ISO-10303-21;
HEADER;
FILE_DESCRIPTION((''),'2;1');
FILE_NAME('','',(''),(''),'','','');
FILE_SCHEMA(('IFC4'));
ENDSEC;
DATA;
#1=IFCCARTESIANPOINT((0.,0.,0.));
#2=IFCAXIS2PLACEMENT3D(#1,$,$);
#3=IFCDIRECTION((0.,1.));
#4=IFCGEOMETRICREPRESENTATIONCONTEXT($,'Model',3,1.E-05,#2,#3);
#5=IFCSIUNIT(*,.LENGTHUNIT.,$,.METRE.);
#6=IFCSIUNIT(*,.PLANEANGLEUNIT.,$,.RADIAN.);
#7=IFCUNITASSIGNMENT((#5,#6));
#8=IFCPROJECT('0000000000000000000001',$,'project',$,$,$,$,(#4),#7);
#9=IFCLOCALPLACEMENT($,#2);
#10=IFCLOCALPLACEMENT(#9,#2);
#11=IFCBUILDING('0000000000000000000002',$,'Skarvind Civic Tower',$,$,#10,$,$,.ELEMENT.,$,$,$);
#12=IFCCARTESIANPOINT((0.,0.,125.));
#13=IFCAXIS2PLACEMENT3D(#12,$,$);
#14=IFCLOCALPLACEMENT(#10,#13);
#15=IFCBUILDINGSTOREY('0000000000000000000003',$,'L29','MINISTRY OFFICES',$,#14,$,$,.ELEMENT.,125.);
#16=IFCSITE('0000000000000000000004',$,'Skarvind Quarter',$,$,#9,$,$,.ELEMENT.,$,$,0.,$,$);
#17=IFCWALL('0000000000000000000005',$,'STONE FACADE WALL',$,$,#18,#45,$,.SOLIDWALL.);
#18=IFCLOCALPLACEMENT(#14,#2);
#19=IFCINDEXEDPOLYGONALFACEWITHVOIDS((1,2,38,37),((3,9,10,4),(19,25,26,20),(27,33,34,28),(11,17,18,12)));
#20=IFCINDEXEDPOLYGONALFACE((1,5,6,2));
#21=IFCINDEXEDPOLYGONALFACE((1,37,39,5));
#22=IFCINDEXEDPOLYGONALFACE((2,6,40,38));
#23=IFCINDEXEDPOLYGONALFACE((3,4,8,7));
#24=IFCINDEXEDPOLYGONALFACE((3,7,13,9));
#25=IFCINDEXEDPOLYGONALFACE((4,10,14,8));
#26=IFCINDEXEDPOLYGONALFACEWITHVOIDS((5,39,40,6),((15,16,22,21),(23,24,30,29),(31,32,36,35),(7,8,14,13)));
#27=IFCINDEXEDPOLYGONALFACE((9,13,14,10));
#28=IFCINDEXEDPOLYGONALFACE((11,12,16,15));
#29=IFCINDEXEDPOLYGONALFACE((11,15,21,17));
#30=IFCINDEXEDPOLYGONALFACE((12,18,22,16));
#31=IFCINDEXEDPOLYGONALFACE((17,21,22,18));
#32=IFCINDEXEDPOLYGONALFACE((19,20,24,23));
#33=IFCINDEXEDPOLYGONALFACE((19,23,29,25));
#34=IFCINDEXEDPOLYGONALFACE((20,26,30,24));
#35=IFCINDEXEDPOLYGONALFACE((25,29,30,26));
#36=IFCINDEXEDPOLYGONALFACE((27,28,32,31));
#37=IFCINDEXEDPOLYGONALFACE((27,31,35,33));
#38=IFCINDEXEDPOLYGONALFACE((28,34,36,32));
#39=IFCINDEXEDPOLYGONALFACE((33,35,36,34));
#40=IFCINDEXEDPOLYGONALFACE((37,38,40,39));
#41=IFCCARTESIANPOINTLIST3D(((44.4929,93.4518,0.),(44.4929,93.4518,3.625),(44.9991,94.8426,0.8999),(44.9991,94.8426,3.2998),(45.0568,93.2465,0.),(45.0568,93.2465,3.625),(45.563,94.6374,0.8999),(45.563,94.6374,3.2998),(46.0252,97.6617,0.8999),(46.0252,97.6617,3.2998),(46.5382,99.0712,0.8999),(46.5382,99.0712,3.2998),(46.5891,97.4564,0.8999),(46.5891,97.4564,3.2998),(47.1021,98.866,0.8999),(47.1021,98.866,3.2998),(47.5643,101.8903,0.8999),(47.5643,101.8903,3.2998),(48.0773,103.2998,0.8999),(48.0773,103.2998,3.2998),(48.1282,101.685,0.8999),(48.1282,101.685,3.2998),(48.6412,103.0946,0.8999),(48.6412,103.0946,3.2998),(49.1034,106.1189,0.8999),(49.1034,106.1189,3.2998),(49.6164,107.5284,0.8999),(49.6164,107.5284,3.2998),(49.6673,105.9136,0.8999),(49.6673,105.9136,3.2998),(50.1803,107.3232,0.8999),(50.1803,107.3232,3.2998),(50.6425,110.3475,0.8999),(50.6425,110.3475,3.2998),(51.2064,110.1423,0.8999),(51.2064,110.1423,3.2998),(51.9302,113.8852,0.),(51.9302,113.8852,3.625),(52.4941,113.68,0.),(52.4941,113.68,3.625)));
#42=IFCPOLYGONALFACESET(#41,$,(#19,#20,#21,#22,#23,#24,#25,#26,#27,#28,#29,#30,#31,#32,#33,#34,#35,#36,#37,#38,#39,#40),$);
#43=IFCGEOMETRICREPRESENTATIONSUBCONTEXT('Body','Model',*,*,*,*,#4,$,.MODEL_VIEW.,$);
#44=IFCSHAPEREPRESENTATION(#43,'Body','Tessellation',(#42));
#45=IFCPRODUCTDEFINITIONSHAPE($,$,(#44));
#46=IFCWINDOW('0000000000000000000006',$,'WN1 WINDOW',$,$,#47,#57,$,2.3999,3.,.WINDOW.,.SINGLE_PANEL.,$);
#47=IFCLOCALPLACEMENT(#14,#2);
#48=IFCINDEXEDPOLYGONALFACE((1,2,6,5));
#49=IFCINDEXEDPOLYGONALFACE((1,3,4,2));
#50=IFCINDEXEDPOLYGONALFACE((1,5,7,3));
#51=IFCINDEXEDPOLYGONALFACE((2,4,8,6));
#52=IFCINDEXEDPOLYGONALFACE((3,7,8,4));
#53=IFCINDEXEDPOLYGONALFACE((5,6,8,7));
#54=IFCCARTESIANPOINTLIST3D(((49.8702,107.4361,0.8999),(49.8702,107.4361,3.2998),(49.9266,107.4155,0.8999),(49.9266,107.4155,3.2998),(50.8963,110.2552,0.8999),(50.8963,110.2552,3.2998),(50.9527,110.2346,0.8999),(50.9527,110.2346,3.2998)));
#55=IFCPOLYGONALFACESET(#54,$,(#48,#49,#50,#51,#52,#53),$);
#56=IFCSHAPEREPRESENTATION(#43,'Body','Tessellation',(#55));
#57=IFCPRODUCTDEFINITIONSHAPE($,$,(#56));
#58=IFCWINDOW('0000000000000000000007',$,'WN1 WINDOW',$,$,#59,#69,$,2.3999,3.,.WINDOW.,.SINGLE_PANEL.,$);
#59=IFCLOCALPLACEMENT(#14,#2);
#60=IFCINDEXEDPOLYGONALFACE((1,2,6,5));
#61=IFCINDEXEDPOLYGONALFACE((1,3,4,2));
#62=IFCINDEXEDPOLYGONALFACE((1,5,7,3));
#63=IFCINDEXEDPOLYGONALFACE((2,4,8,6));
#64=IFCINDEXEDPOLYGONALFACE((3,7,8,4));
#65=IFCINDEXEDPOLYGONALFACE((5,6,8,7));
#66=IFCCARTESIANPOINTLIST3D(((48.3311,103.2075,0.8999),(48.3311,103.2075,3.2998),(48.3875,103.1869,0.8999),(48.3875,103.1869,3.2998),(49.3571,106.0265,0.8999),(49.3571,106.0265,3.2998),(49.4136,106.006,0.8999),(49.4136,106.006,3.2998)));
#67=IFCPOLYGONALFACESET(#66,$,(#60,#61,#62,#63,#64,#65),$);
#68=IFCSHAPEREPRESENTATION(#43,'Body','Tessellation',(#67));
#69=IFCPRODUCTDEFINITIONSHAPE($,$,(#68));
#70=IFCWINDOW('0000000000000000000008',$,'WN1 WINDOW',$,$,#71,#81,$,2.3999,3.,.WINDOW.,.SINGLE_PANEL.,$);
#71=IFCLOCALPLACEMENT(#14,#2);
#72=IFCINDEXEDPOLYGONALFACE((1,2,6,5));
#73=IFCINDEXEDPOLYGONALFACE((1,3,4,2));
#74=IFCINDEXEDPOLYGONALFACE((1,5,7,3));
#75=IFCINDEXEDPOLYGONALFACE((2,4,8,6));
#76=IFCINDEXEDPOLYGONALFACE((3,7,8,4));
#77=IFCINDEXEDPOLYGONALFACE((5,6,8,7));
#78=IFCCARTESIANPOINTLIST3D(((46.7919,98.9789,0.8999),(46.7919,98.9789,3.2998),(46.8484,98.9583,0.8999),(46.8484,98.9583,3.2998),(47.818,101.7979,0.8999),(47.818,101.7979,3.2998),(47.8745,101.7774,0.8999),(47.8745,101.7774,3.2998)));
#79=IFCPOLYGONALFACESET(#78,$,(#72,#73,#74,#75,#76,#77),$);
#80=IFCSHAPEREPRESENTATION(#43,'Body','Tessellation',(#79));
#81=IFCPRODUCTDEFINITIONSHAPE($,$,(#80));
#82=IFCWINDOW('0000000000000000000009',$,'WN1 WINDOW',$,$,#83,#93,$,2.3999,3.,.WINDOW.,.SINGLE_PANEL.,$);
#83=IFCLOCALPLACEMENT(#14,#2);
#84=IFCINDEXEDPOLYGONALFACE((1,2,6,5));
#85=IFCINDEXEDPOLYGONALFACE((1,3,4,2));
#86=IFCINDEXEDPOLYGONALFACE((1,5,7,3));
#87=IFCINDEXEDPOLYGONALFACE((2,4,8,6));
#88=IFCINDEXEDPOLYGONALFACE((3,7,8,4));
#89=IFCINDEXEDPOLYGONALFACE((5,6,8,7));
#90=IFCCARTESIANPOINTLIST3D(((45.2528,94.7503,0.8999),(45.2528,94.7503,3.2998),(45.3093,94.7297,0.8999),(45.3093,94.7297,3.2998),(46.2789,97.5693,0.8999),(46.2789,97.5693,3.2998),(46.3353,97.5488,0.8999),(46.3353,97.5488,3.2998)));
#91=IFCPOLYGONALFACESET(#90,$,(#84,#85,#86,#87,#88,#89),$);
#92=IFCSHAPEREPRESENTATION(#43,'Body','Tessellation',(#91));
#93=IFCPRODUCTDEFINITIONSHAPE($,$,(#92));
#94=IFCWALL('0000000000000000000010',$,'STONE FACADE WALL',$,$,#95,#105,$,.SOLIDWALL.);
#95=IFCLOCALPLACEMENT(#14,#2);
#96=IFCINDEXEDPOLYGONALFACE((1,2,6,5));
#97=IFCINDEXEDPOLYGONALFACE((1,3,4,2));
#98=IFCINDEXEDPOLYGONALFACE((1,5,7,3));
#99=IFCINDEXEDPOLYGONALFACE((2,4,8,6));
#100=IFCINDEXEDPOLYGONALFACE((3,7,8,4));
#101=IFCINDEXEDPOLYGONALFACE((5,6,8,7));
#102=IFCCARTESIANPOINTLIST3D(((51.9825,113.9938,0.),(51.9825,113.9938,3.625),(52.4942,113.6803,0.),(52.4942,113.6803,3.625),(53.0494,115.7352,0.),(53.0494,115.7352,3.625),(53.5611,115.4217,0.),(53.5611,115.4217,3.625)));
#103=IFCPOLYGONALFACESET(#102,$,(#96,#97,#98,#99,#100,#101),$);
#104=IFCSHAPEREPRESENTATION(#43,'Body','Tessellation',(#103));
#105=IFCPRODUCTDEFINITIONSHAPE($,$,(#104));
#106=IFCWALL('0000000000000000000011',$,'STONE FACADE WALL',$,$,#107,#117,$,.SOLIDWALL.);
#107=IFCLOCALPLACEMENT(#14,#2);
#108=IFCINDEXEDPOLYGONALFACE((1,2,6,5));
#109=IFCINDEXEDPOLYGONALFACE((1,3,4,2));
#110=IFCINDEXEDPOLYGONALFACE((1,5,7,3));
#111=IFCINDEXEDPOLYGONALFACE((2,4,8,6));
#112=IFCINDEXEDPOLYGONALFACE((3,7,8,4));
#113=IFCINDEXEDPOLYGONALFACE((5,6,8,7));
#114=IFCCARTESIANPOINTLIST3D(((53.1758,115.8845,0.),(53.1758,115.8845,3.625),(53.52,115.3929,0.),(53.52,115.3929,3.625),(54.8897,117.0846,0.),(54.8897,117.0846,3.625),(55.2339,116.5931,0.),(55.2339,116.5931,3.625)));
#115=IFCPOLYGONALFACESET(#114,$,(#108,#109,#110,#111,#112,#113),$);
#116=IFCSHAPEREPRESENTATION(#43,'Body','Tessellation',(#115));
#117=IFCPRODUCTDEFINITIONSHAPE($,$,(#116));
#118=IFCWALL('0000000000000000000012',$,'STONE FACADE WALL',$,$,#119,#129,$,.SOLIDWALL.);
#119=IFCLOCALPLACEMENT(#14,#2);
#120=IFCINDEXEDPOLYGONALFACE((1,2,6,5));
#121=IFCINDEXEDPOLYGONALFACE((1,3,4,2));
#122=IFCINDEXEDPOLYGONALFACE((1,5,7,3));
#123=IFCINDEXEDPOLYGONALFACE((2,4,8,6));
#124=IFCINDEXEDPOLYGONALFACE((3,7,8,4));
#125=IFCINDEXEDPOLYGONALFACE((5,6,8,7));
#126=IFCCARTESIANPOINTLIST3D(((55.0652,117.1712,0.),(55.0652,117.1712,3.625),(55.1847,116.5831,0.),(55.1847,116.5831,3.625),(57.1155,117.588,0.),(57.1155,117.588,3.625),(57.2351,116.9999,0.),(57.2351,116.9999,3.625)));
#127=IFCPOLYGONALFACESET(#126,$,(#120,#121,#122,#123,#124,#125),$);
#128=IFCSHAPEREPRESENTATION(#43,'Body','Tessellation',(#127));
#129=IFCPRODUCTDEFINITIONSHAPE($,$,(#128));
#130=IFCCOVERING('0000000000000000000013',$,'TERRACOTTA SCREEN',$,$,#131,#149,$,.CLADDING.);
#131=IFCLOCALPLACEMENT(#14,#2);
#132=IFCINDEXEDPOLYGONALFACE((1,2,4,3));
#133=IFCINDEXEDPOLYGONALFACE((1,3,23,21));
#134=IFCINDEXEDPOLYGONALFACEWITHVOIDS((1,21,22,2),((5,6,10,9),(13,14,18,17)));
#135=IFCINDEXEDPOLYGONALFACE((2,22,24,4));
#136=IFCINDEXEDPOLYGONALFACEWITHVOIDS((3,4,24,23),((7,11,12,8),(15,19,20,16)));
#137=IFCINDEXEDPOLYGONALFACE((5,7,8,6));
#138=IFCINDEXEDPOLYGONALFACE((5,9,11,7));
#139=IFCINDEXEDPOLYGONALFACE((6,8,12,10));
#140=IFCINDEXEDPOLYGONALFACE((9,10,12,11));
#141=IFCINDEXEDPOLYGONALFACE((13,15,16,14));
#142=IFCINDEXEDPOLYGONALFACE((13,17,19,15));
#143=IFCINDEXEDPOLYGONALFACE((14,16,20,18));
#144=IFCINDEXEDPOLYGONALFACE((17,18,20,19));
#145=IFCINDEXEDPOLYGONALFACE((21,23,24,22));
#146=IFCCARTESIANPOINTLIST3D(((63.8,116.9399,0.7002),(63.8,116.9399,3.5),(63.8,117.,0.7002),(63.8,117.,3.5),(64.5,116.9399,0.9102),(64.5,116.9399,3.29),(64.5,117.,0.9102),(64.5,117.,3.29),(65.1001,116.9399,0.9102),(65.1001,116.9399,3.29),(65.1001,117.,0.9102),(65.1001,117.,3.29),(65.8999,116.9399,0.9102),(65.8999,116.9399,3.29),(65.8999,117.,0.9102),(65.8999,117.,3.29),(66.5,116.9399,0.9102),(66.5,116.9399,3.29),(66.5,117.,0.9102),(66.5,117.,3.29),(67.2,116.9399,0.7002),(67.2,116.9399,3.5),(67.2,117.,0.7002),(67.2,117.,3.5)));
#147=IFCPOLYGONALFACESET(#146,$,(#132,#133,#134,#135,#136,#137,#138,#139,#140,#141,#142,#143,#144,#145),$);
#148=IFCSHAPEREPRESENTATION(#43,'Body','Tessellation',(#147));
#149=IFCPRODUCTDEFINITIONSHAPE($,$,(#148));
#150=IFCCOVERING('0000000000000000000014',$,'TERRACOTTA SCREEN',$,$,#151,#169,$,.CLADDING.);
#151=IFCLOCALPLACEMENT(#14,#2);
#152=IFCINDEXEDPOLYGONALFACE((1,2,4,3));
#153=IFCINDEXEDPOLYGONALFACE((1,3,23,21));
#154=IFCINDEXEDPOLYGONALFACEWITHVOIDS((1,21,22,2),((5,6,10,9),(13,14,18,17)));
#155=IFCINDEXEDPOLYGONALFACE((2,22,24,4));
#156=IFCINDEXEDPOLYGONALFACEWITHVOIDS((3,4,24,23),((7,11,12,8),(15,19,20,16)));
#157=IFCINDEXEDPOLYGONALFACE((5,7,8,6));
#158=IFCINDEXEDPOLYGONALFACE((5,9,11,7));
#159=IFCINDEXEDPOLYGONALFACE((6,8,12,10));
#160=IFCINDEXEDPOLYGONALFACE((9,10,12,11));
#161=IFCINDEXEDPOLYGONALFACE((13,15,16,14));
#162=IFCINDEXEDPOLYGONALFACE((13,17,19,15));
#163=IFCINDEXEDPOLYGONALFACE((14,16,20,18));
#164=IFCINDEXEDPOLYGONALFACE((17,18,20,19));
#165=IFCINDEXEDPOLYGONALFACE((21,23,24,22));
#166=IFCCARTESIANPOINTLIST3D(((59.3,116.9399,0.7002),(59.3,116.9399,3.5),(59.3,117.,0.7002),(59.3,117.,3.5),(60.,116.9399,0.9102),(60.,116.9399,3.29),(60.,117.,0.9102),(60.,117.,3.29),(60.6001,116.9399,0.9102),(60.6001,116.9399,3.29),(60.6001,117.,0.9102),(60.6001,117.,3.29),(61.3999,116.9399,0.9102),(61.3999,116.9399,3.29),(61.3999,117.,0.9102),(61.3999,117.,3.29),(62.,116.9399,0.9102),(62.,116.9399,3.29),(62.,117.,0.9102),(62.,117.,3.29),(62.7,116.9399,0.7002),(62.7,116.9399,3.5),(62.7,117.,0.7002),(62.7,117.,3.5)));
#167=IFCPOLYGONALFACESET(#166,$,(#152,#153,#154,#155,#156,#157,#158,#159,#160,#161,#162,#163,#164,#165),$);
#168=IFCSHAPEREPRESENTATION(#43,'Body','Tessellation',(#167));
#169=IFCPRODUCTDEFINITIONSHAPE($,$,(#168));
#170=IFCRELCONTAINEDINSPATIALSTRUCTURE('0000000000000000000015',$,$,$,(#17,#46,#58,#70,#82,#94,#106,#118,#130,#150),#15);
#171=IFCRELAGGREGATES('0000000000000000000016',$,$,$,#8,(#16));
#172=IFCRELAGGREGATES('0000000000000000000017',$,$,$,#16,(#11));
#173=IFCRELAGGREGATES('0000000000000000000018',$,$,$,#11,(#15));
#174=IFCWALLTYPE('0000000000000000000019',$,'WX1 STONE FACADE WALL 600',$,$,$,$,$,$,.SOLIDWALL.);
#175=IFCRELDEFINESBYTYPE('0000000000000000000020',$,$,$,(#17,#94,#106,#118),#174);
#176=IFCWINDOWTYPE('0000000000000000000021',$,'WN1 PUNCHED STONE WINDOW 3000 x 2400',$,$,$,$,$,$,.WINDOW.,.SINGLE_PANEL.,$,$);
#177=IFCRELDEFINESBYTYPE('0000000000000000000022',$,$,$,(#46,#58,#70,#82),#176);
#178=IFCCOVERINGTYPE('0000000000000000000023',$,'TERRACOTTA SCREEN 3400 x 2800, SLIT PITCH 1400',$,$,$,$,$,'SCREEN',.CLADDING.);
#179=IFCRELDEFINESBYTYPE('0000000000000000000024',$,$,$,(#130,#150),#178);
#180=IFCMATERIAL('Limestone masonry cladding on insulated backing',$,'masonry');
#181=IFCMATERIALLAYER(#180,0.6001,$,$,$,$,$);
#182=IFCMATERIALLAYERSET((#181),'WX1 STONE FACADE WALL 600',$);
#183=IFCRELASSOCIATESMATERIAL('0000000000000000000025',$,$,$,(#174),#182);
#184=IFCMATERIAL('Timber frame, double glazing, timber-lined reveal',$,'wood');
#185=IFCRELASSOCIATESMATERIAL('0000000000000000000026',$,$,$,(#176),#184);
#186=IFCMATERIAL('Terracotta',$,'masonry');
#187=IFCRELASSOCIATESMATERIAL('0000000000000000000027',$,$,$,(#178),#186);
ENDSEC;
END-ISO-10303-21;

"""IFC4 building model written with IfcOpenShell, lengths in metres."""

from ifc_helpers import new_model, si_unit, direction, frame, frame_2d, origin, place, context, subcontext, project, spatial, polyline, rectangle, outline, extrude, material, layer, layer_set, material_profile, profile_set, type_object, element, fill, save


model = new_model("IFC4")

# Units and contexts
model_context = context("Model", 3, precision=1e-05, world=origin(), true_north=direction((0.0, 1.0)))
body_context = subcontext(model_context, "Body", "Model", "MODEL_VIEW")
ifc_project = project(units=[si_unit("LENGTHUNIT", "METRE"), si_unit("PLANEANGLEUNIT", "RADIAN")], contexts=[model_context])

# Site, building, storey
site_placement = place(None, origin())
site = spatial("IfcSite", under=ifc_project, at=site_placement, Name="Skarvind Quarter", CompositionType="ELEMENT", RefElevation=0.0)
building_placement = place(site_placement, origin())
building = spatial("IfcBuilding", under=site, at=building_placement, Name="Skarvind Civic Tower", CompositionType="ELEMENT")
storey_placement = place(building_placement, frame((0.0, 0.0, 125.0)))
storey = spatial("IfcBuildingStorey", under=building, at=storey_placement, Name="L29", Description="MINISTRY OFFICES", CompositionType="ELEMENT", Elevation=125.0)

# Wall, openings, windows
ifc_material_1 = material(Name="Limestone masonry cladding on insulated backing", Category="masonry")
ifc_layer_1 = layer(ifc_material_1, 0.6001)
ifc_layer_set_1 = layer_set([ifc_layer_1], Name="WX1 STONE FACADE WALL 600")
wall_type_1 = type_object("IfcWallType", Name="WX1 STONE FACADE WALL 600", PredefinedType="SOLIDWALL", material=ifc_layer_set_1)
wall_1_placement = place(storey_placement, frame((52.2122, 113.7827, 0.0), z_axis=(0.0, 0.0, 1.0), x_axis=(-0.342025, -0.939691, 0.0)))
wall_1 = element("IfcWall", 1, at=wall_1_placement, inside=storey, type_object=wall_type_1, Name="STONE FACADE WALL", PredefinedType="SOLIDWALL", context=body_context, shape_type="SweptSolid", body=[
    extrude(rectangle(XDim=21.7449, YDim=0.6001, at=frame_2d((10.8726, 0.0))), origin(), (0.0, 0.0, 1.0), 3.625),
])
opening_1_placement = place(wall_1_placement, frame((3.7649, 0.0, 0.8999)))
opening_1 = element("IfcOpeningElement", 2, at=opening_1_placement, cuts=wall_1, PredefinedType="OPENING", context=body_context, shape_type="SweptSolid", body=[
    extrude(rectangle(XDim=3.0, YDim=2.3999, at=frame_2d((1.5, 1.2))), frame((0.0, 0.3101, 0.0), z_axis=(0.0, -1.0, 0.0), x_axis=(1.0, 0.0, 0.0)), (0.0, 0.0, 1.0), 0.6201),
])
opening_2_placement = place(wall_1_placement, frame((8.2649, 0.0, 0.8999)))
opening_2 = element("IfcOpeningElement", 3, at=opening_2_placement, cuts=wall_1, PredefinedType="OPENING", context=body_context, shape_type="SweptSolid", body=[
    extrude(rectangle(XDim=3.0, YDim=2.3999, at=frame_2d((1.5, 1.2))), frame((0.0, 0.3101, 0.0), z_axis=(0.0, -1.0, 0.0), x_axis=(1.0, 0.0, 0.0)), (0.0, 0.0, 1.0), 0.6201),
])
opening_3_placement = place(wall_1_placement, frame((12.7649, 0.0, 0.8999)))
opening_3 = element("IfcOpeningElement", 4, at=opening_3_placement, cuts=wall_1, PredefinedType="OPENING", context=body_context, shape_type="SweptSolid", body=[
    extrude(rectangle(XDim=3.0, YDim=2.3999, at=frame_2d((1.5, 1.2))), frame((0.0, 0.3101, 0.0), z_axis=(0.0, -1.0, 0.0), x_axis=(1.0, 0.0, 0.0)), (0.0, 0.0, 1.0), 0.6201),
])
opening_4_placement = place(wall_1_placement, frame((17.2649, 0.0, 0.8999)))
opening_4 = element("IfcOpeningElement", 5, at=opening_4_placement, cuts=wall_1, PredefinedType="OPENING", context=body_context, shape_type="SweptSolid", body=[
    extrude(rectangle(XDim=3.0, YDim=2.3999, at=frame_2d((1.5, 1.2))), frame((0.0, 0.3101, 0.0), z_axis=(0.0, -1.0, 0.0), x_axis=(1.0, 0.0, 0.0)), (0.0, 0.0, 1.0), 0.6201),
])
ifc_material_2 = material(Name="Timber frame, double glazing, timber-lined reveal", Category="wood")
window_type = type_object("IfcWindowType", Name="WN1 PUNCHED STONE WINDOW 3000 x 2400", PartitioningType="SINGLE_PANEL", PredefinedType="WINDOW", material=ifc_material_2)
window_1_placement = place(opening_1_placement, origin())
window_1 = element("IfcWindow", 6, at=window_1_placement, inside=storey, type_object=window_type, Name="WN1 WINDOW", OverallHeight=2.3999, OverallWidth=3.0, PartitioningType="SINGLE_PANEL", PredefinedType="WINDOW", context=body_context, shape_type="SweptSolid", body=[
    extrude(rectangle(XDim=3.0, YDim=2.3999, at=frame_2d((1.5, 1.2))), frame((0.0, 0.03, 0.0), z_axis=(0.0, -1.0, 0.0), x_axis=(1.0, 0.0, 0.0)), (0.0, 0.0, 1.0), 0.0601),
])
fill(opening_1, window_1)
window_2_placement = place(opening_2_placement, origin())
window_2 = element("IfcWindow", 7, at=window_2_placement, inside=storey, type_object=window_type, Name="WN1 WINDOW", OverallHeight=2.3999, OverallWidth=3.0, PartitioningType="SINGLE_PANEL", PredefinedType="WINDOW", context=body_context, shape_type="SweptSolid", body=[
    extrude(rectangle(XDim=3.0, YDim=2.3999, at=frame_2d((1.5, 1.2))), frame((0.0, 0.03, 0.0), z_axis=(0.0, -1.0, 0.0), x_axis=(1.0, 0.0, 0.0)), (0.0, 0.0, 1.0), 0.0601),
])
fill(opening_2, window_2)
window_3_placement = place(opening_3_placement, origin())
window_3 = element("IfcWindow", 8, at=window_3_placement, inside=storey, type_object=window_type, Name="WN1 WINDOW", OverallHeight=2.3999, OverallWidth=3.0, PartitioningType="SINGLE_PANEL", PredefinedType="WINDOW", context=body_context, shape_type="SweptSolid", body=[
    extrude(rectangle(XDim=3.0, YDim=2.3999, at=frame_2d((1.5, 1.2))), frame((0.0, 0.03, 0.0), z_axis=(0.0, -1.0, 0.0), x_axis=(1.0, 0.0, 0.0)), (0.0, 0.0, 1.0), 0.0601),
])
fill(opening_3, window_3)
window_4_placement = place(opening_4_placement, origin())
window_4 = element("IfcWindow", 9, at=window_4_placement, inside=storey, type_object=window_type, Name="WN1 WINDOW", OverallHeight=2.3999, OverallWidth=3.0, PartitioningType="SINGLE_PANEL", PredefinedType="WINDOW", context=body_context, shape_type="SweptSolid", body=[
    extrude(rectangle(XDim=3.0, YDim=2.3999, at=frame_2d((1.5, 1.2))), frame((0.0, 0.03, 0.0), z_axis=(0.0, -1.0, 0.0), x_axis=(1.0, 0.0, 0.0)), (0.0, 0.0, 1.0), 0.0601),
])
fill(opening_4, window_4)

# Walls
wall_2_placement = place(storey_placement, frame((53.3052, 115.5784, 0.0), z_axis=(0.0, 0.0, 1.0), x_axis=(-0.522402, -0.852699, 0.0)))
element("IfcWall", 10, at=wall_2_placement, inside=storey, type_object=wall_type_1, Name="STONE FACADE WALL", PredefinedType="SOLIDWALL", context=body_context, shape_type="SweptSolid", body=[
    extrude(rectangle(XDim=2.0422, YDim=0.6001, at=frame_2d((1.021, 0.0))), origin(), (0.0, 0.0, 1.0), 3.625),
])
for number, where, z_axis, x_axis, name in (
    (11, (55.0618, 116.8389, 0.0), (0.0, 0.0, 1.0), (-0.819122, -0.573619, 0.0), "STONE FACADE WALL"),
    (12, (57.1753, 117.2939, 0.0), (0.0, 0.0, 1.0), (-0.979961, -0.199189, 0.0), "STONE FACADE WALL"),
):
    element("IfcWall", number, at=place(storey_placement, frame(where, z_axis=z_axis, x_axis=x_axis)), inside=storey, type_object=wall_type_1, Name=name, PredefinedType="SOLIDWALL", context=body_context, shape_type="SweptSolid", body=[
        extrude(rectangle(XDim=2.0923, YDim=0.6001, at=frame_2d((1.0461, 0.0))), origin(), (0.0, 0.0, 1.0), 3.625),
    ])

# Coverings
ifc_material_3 = material(Name="Terracotta", Category="masonry")
ifc_material_profile_1 = material_profile(ifc_material_3, outline(polyline([(-1.7, -1.3999), (1.7, -1.3999), (1.7, 1.3999), (-1.7, 1.3999), (-1.7, -1.3999)]), holes=[polyline([(-1.0, -1.1899), (-0.3999, -1.1899), (-0.3999, 1.1899), (-1.0, 1.1899), (-1.0, -1.1899)]), polyline([(0.3999, -1.1899), (1.0, -1.1899), (1.0, 1.1899), (0.3999, 1.1899), (0.3999, -1.1899)])]), Name="TERRACOTTA SCREEN 3400 x 2800, SLIT PITCH 1400")
ifc_profile_set_1 = profile_set([ifc_material_profile_1], Name="Terracotta")
covering_type = type_object("IfcCoveringType", Name="TERRACOTTA SCREEN 3400 x 2800, SLIT PITCH 1400", ElementType="SCREEN", PredefinedType="CLADDING", material=ifc_profile_set_1)
for number, where, z_axis, x_axis, name in (
    (13, (65.5, 117.0, 2.1001), (0.0, -1.0, 0.0), (1.0, 0.0, 0.0), "TERRACOTTA SCREEN"),
    (14, (61.0, 117.0, 2.1001), (0.0, -1.0, 0.0), (1.0, 0.0, 0.0), "TERRACOTTA SCREEN"),
):
    element("IfcCovering", number, at=place(storey_placement, frame(where, z_axis=z_axis, x_axis=x_axis)), inside=storey, type_object=covering_type, Name=name, PredefinedType="CLADDING", context=body_context, shape_type="SweptSolid", body=[
        extrude(outline(polyline([(-1.7, -1.3999), (1.7, -1.3999), (1.7, 1.3999), (-1.7, 1.3999), (-1.7, -1.3999)]), holes=[polyline([(-1.0, -1.1899), (-0.3999, -1.1899), (-0.3999, 1.1899), (-1.0, 1.1899), (-1.0, -1.1899)]), polyline([(0.3999, -1.1899), (1.0, -1.1899), (1.0, 1.1899), (0.3999, 1.1899), (0.3999, -1.1899)])]), origin(), (0.0, 0.0, 1.0), 0.0601),
    ])

save(model, "model.ifc")
